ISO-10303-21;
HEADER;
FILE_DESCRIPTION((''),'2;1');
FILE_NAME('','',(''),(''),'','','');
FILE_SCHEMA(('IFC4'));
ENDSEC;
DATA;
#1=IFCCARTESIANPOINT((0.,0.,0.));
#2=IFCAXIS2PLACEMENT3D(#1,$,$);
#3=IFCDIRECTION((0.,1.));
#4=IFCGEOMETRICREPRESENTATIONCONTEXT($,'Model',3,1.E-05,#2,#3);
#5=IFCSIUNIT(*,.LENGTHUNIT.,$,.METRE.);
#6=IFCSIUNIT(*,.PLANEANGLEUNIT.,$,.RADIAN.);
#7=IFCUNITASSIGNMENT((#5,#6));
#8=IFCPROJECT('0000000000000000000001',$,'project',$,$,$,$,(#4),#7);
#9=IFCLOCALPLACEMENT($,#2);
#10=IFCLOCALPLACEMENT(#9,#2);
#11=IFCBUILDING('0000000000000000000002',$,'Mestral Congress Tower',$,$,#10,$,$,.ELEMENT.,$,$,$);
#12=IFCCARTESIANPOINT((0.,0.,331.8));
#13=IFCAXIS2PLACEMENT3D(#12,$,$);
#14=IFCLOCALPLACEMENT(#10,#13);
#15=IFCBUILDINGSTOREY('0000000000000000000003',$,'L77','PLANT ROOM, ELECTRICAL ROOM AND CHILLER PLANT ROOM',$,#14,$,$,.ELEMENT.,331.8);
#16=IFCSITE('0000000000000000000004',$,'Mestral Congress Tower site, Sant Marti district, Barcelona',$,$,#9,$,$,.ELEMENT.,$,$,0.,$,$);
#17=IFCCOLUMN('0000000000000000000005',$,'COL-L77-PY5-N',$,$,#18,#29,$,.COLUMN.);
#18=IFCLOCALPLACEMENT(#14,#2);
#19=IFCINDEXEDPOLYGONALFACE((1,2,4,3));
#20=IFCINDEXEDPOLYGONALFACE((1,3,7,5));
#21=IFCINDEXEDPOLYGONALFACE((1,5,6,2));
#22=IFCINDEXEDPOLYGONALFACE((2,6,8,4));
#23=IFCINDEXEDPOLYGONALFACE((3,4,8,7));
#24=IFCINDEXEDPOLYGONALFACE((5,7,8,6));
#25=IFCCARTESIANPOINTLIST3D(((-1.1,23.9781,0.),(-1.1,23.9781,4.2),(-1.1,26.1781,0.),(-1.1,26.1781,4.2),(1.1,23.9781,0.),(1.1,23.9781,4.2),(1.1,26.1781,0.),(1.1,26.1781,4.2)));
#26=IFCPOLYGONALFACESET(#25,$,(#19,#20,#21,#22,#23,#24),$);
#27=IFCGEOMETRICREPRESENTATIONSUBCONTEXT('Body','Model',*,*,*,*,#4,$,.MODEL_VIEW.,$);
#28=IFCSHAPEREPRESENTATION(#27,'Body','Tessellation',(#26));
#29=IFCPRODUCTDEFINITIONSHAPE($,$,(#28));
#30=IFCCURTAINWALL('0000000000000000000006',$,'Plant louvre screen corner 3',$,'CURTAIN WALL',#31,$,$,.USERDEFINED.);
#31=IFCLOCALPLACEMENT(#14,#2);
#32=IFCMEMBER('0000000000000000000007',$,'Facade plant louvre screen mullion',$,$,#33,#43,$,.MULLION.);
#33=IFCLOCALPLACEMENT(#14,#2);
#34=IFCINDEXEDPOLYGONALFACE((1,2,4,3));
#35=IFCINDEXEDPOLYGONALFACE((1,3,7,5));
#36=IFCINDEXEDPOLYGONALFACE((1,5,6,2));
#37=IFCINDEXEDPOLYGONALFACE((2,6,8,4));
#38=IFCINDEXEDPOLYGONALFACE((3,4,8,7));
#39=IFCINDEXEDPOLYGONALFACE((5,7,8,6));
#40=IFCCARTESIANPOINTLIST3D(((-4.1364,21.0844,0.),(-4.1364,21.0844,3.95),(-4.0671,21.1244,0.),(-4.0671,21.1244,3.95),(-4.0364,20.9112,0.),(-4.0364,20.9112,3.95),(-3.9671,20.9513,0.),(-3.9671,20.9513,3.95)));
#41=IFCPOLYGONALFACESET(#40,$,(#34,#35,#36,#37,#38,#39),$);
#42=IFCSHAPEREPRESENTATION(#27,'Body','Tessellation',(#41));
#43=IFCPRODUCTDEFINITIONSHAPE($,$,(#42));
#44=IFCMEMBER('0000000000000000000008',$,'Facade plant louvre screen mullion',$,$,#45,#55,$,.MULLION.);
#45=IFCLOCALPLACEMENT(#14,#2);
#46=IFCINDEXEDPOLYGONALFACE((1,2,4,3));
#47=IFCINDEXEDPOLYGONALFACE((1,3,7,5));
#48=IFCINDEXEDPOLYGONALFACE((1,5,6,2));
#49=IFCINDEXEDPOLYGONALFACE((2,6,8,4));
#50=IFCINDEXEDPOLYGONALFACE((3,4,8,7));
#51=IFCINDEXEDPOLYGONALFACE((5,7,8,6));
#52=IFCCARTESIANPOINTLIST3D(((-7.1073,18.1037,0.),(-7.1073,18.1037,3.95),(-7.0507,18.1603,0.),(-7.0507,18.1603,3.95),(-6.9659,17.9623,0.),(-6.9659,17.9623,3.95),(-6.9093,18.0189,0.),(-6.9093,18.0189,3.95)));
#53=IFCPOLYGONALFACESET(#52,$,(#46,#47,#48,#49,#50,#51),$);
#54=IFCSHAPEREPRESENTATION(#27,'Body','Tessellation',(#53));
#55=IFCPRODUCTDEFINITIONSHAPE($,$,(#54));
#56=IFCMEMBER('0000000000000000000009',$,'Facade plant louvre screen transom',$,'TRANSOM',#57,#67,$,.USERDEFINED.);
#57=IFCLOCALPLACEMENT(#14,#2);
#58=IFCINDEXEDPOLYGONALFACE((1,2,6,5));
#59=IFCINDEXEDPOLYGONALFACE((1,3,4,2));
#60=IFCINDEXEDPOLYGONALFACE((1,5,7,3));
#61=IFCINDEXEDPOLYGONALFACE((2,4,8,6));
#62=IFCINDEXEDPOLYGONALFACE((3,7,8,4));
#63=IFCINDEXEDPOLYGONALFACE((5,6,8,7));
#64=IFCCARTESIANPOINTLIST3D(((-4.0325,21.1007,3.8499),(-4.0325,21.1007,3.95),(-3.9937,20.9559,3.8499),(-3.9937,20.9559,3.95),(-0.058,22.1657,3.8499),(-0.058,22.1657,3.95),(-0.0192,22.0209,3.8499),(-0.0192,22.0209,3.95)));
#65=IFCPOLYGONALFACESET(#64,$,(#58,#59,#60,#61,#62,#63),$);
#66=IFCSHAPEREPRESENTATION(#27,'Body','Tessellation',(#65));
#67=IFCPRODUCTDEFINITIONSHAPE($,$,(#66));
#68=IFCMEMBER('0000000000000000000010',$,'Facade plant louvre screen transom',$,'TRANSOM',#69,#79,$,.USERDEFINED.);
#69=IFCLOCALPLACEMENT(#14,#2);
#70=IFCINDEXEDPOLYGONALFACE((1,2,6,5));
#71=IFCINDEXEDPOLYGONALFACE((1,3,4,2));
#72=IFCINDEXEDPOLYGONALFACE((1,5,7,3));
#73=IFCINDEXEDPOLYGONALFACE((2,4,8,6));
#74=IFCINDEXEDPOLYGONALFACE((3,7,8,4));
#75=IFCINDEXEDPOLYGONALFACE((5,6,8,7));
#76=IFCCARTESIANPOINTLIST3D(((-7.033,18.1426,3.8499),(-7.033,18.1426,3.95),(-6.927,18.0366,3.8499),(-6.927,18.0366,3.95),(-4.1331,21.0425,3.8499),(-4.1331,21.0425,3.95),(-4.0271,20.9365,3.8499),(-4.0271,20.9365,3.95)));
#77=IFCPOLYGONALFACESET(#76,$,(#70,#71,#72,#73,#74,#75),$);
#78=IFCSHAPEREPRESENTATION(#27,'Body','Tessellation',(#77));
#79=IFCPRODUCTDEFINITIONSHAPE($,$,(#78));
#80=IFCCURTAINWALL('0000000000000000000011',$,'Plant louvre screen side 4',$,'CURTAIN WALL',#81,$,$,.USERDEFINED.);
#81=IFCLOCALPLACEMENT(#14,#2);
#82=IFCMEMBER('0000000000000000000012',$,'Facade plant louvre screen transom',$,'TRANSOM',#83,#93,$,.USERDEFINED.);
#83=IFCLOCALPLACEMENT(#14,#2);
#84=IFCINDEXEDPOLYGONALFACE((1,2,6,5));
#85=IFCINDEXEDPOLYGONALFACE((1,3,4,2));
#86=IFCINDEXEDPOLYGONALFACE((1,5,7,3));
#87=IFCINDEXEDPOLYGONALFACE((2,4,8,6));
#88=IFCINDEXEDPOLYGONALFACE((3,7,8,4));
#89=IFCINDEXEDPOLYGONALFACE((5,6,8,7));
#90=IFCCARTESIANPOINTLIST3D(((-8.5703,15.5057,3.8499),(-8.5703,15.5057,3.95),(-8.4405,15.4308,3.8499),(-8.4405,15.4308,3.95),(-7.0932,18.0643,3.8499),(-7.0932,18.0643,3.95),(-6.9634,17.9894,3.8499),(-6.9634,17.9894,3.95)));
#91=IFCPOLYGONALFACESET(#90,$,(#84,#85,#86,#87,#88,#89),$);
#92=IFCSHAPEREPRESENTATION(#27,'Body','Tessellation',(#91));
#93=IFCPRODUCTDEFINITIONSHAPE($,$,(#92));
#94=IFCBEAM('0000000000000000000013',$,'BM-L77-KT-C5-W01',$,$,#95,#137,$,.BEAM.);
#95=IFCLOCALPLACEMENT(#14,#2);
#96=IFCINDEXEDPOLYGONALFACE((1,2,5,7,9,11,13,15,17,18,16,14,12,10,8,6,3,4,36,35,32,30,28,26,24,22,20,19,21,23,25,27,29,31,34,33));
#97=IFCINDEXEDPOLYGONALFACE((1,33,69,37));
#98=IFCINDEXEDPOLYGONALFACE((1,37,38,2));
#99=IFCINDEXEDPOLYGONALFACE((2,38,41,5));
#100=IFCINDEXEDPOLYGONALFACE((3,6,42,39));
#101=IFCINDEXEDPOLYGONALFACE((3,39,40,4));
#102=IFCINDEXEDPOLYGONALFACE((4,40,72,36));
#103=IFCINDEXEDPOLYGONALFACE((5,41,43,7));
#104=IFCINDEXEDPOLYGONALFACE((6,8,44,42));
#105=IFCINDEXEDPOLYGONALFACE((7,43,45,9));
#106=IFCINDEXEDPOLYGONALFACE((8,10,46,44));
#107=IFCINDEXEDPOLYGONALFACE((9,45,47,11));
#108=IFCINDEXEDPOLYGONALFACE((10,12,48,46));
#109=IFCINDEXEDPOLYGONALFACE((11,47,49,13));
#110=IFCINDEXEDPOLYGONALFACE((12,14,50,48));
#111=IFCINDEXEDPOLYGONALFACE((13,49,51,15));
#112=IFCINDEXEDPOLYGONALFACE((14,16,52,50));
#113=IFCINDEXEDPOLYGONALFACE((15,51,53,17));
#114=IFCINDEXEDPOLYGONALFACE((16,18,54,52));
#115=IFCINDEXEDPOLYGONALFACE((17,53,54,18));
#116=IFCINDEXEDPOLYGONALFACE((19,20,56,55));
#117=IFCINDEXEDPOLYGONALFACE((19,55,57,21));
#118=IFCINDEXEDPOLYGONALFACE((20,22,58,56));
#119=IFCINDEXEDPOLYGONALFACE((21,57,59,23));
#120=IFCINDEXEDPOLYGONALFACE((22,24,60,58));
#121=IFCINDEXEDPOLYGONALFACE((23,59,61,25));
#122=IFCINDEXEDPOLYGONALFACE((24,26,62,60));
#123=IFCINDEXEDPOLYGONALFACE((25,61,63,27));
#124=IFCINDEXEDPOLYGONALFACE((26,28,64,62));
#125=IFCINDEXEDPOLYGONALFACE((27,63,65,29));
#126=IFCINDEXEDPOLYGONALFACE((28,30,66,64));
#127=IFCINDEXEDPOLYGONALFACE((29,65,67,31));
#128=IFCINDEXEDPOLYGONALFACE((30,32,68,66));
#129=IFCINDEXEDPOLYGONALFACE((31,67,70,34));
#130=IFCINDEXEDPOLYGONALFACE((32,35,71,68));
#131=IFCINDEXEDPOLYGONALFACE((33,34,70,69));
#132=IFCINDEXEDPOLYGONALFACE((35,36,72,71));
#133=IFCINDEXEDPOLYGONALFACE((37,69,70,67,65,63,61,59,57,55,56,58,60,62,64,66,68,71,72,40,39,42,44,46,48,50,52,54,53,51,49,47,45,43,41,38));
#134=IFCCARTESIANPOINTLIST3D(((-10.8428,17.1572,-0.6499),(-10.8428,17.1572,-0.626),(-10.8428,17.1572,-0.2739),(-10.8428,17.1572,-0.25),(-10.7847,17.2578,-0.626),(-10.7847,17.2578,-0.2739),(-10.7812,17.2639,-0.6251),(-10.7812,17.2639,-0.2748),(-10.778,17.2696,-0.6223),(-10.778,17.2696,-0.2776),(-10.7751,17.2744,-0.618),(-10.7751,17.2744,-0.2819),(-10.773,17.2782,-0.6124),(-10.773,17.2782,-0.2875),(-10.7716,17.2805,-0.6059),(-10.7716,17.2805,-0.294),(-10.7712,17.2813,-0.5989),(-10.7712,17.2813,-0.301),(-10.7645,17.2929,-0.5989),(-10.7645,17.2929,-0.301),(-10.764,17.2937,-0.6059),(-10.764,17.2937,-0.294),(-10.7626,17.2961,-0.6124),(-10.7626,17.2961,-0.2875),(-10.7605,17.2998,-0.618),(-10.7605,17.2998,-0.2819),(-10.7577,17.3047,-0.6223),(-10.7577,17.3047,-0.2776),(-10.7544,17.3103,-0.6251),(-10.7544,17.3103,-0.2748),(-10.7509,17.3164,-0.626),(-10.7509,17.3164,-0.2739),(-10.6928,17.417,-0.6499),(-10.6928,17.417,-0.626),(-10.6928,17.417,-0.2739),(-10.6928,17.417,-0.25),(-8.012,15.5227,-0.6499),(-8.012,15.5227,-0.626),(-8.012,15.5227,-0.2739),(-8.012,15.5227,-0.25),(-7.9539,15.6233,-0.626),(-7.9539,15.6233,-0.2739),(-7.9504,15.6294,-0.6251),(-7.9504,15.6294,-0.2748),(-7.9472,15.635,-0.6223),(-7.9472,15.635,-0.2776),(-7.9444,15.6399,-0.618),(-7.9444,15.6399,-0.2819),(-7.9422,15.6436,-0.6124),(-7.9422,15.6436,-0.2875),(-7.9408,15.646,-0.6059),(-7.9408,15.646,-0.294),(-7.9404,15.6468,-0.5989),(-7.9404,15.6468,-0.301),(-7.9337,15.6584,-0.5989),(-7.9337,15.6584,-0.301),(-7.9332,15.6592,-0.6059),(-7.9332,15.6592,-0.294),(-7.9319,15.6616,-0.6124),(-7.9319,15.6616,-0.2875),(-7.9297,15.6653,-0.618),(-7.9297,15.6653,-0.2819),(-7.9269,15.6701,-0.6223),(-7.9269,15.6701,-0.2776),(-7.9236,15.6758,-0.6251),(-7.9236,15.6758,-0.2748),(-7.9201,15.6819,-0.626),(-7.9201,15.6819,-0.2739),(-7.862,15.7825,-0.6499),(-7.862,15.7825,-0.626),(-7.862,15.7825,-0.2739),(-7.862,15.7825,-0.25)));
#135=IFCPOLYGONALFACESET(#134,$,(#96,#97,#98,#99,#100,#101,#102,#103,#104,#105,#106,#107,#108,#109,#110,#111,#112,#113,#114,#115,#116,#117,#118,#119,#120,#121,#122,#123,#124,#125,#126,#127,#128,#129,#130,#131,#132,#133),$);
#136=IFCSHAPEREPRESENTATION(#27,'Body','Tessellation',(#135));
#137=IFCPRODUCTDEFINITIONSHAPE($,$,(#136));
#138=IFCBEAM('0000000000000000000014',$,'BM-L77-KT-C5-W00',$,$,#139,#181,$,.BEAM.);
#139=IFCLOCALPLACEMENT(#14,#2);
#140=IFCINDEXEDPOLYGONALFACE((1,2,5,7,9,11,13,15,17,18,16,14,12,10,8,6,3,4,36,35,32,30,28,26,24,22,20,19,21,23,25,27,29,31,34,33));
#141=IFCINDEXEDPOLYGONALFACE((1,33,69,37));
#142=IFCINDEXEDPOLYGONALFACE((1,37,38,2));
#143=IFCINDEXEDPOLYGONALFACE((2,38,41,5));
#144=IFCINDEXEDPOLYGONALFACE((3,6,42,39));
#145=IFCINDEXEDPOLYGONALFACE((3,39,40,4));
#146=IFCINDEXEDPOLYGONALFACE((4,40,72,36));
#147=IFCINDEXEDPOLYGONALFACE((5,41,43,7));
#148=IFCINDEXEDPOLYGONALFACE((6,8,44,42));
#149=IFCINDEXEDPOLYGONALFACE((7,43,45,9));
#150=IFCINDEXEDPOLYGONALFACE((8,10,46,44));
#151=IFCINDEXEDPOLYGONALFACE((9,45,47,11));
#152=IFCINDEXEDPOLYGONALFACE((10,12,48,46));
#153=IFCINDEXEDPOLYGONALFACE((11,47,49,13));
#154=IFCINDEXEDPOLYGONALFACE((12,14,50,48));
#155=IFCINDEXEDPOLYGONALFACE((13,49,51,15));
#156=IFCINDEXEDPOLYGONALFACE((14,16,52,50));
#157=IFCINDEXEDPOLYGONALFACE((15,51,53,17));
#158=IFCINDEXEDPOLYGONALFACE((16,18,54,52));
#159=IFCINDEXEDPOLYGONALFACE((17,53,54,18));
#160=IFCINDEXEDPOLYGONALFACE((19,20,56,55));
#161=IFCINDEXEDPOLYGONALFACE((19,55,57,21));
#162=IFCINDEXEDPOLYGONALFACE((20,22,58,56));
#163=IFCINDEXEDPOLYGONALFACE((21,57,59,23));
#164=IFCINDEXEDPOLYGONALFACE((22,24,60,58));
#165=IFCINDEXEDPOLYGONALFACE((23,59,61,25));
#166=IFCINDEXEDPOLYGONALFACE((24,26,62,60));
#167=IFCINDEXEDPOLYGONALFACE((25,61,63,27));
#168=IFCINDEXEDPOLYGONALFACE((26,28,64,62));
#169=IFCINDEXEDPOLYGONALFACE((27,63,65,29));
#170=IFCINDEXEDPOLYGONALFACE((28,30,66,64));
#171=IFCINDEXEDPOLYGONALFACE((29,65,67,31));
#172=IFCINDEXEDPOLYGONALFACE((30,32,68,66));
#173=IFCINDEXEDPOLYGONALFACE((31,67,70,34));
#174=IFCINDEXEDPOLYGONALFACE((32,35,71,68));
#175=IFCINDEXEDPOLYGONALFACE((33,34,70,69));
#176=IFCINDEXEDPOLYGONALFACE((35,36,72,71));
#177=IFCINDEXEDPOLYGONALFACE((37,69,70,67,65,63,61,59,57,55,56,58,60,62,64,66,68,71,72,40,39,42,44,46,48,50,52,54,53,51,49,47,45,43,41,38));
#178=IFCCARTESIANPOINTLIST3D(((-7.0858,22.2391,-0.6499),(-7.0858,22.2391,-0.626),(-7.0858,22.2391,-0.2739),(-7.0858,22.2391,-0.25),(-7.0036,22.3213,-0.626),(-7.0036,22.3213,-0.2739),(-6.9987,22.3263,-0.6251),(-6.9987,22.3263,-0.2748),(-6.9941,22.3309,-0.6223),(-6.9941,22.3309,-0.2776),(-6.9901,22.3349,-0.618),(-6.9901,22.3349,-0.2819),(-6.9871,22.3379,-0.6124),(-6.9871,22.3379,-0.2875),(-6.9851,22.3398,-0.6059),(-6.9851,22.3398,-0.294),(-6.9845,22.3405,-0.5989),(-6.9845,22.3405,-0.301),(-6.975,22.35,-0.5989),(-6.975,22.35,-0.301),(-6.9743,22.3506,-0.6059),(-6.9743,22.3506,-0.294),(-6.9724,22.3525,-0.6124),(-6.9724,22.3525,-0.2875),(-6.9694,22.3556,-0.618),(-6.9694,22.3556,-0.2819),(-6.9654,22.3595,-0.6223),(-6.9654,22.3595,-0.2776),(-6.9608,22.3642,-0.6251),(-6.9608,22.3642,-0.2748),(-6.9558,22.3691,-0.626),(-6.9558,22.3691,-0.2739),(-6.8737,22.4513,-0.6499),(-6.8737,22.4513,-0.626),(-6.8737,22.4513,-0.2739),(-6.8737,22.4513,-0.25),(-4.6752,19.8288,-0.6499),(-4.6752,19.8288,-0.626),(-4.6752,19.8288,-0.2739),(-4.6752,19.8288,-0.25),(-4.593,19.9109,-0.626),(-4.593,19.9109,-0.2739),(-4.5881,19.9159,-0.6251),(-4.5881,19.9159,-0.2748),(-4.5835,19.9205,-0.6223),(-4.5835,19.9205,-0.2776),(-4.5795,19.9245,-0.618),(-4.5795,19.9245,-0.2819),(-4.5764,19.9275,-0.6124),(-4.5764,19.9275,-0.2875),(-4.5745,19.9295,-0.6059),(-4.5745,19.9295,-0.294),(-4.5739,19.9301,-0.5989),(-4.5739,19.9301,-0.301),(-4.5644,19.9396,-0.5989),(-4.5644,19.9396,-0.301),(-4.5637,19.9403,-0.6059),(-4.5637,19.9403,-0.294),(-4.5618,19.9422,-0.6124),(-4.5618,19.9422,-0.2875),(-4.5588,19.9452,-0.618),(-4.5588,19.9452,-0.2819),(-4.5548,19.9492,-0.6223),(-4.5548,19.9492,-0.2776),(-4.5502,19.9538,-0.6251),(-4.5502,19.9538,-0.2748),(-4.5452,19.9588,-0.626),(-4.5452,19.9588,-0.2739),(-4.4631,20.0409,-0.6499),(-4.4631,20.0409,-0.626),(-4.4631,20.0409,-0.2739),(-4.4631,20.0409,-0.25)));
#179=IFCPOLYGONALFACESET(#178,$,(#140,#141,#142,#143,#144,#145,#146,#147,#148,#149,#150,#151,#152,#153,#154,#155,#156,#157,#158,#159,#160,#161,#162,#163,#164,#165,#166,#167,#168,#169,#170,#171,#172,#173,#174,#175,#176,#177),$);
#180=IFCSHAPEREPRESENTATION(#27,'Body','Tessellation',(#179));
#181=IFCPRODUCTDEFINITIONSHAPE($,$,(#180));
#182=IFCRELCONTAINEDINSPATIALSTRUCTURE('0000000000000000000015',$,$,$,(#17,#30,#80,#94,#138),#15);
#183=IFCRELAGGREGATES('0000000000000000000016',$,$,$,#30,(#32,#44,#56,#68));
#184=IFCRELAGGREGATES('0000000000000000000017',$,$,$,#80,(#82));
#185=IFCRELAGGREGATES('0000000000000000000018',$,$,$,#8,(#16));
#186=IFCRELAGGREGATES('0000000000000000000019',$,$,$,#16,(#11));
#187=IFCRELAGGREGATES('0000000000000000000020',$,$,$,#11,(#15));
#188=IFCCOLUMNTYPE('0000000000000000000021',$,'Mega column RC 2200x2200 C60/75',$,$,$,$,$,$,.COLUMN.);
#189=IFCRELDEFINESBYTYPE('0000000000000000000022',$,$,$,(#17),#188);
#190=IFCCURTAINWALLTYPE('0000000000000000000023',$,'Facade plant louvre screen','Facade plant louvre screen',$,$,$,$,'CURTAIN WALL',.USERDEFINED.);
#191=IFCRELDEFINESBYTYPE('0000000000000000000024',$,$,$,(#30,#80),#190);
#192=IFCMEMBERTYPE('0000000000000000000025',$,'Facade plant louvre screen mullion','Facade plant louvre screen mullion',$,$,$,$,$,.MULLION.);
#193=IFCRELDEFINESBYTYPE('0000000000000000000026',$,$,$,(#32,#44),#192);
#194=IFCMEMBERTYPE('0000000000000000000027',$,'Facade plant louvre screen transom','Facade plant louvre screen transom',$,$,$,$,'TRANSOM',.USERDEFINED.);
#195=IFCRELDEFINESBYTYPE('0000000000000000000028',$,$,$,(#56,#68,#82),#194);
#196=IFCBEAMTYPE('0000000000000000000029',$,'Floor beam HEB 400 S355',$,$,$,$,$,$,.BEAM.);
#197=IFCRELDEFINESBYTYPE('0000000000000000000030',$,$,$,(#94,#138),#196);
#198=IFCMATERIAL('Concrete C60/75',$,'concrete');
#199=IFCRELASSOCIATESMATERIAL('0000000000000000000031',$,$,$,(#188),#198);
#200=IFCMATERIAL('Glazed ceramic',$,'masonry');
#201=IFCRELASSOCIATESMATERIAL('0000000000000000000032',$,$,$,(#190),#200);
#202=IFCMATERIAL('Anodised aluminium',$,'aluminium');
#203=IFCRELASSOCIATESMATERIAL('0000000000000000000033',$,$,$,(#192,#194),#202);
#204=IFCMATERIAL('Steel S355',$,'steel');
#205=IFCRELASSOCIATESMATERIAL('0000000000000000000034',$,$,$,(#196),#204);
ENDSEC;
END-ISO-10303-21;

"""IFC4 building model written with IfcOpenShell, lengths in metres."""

from ifc_helpers import new_model, si_unit, direction, frame, origin, origin_2d, place, context, subcontext, project, spatial, rectangle, i_section, extrude, material, material_profile, profile_set, type_object, element, aggregate, save


model = new_model("IFC4")

# Units and contexts
model_context = context("Model", 3, precision=1e-05, world=origin(), true_north=direction((0.0, 1.0)))
body_context = subcontext(model_context, "Body", "Model", "MODEL_VIEW")
ifc_project = project(units=[si_unit("LENGTHUNIT", "METRE"), si_unit("PLANEANGLEUNIT", "RADIAN")], contexts=[model_context])

# Site, building, storey
site_placement = place(None, origin())
site = spatial("IfcSite", under=ifc_project, at=site_placement, Name="Mestral Congress Tower site, Sant Marti district, Barcelona", CompositionType="ELEMENT", RefElevation=0.0)
building_placement = place(site_placement, origin())
building = spatial("IfcBuilding", under=site, at=building_placement, Name="Mestral Congress Tower", CompositionType="ELEMENT")
storey_placement = place(building_placement, frame((0.0, 0.0, 331.8)))
storey = spatial("IfcBuildingStorey", under=building, at=storey_placement, Name="L77", Description="PLANT ROOM, ELECTRICAL ROOM AND CHILLER PLANT ROOM", CompositionType="ELEMENT", Elevation=331.8)

# Column
ifc_material_1 = material(Name="Steel S355", Category="steel")
ifc_material_2 = material(Name="Concrete C60/75", Category="concrete")
ifc_material_profile_1 = material_profile(ifc_material_2, rectangle(XDim=2.2, YDim=2.2, at=origin_2d()), Name="RC 2200x2200")
ifc_profile_set_1 = profile_set([ifc_material_profile_1], Name="Concrete C60/75")
column_type_1 = type_object("IfcColumnType", Name="Mega column RC 2200x2200 C60/75", PredefinedType="COLUMN", material=ifc_profile_set_1)
column_placement = place(storey_placement, frame((0.0, 25.0781, 0.0), z_axis=(0.0, 0.0, 1.0), x_axis=(0.0, 1.0, 0.0)))
element("IfcColumn", 1, at=column_placement, inside=storey, type_object=column_type_1, Name="COL-L77-PY5-N", PredefinedType="COLUMN", context=body_context, shape_type="SweptSolid", body=[
    extrude(rectangle(XDim=2.2, YDim=2.2, at=origin_2d()), origin(), (0.0, 0.0, 1.0), 4.2),
])

# Curtain wall, members
ifc_material_3 = material(Name="Glazed ceramic", Category="masonry")
curtain_wall_type = type_object("IfcCurtainWallType", Name="Facade plant louvre screen", Description="Facade plant louvre screen", ElementType="CURTAIN WALL", PredefinedType="USERDEFINED", material=ifc_material_3)
placement = place(storey_placement, origin())
curtain_wall_1 = element("IfcCurtainWall", 2, at=placement, inside=storey, type_object=curtain_wall_type, Name="Plant louvre screen corner 3", ObjectType="CURTAIN WALL", PredefinedType="USERDEFINED")
ifc_material_4 = material(Name="Anodised aluminium", Category="aluminium")
ifc_material_profile_2 = material_profile(ifc_material_4, rectangle(XDim=0.2, YDim=0.0801, at=origin_2d()), Name="CW6 mullion 200 x 80")
ifc_profile_set_2 = profile_set([ifc_material_profile_2], Name="Anodised aluminium")
member_type_1 = type_object("IfcMemberType", Name="Facade plant louvre screen mullion", Description="Facade plant louvre screen mullion", PredefinedType="MULLION", material=ifc_profile_set_2)
member_1_placement = place(storey_placement, frame((-4.0518, 21.0178, 0.0), z_axis=(0.0, 0.0, 1.0), x_axis=(-0.5, 0.866025, 0.0)))
member_1 = element("IfcMember", 3, at=member_1_placement, type_object=member_type_1, Name="Facade plant louvre screen mullion", PredefinedType="MULLION", context=body_context, shape_type="SweptSolid", body=[
    extrude(rectangle(XDim=0.2, YDim=0.0801, at=origin_2d()), origin(), (0.0, 0.0, 1.0), 3.95),
])
member_2_placement = place(storey_placement, frame((-7.0083, 18.0613, 0.0), z_axis=(0.0, 0.0, 1.0), x_axis=(-0.707107, 0.707107, 0.0)))
member_2 = element("IfcMember", 4, at=member_2_placement, type_object=member_type_1, Name="Facade plant louvre screen mullion", PredefinedType="MULLION", context=body_context, shape_type="SweptSolid", body=[
    extrude(rectangle(XDim=0.2, YDim=0.0801, at=origin_2d()), origin(), (0.0, 0.0, 1.0), 3.95),
])
ifc_material_profile_3 = material_profile(ifc_material_4, rectangle(XDim=0.1499, YDim=0.1001, at=origin_2d()), Name="CW6 transom 150 x 100")
ifc_profile_set_3 = profile_set([ifc_material_profile_3], Name="Anodised aluminium")
member_type_2 = type_object("IfcMemberType", Name="Facade plant louvre screen transom", Description="Facade plant louvre screen transom", ElementType="TRANSOM", PredefinedType="USERDEFINED", material=ifc_profile_set_3)
member_3_placement = place(storey_placement, frame((-0.0386, 22.0933, 3.8999), z_axis=(-0.965929, -0.258807, 0.0), x_axis=(0.258807, -0.965929, 0.0)))
member_3 = element("IfcMember", 5, at=member_3_placement, type_object=member_type_2, Name="Facade plant louvre screen transom", ObjectType="TRANSOM", PredefinedType="USERDEFINED", context=body_context, shape_type="SweptSolid", body=[
    extrude(rectangle(XDim=0.1499, YDim=0.1001, at=origin_2d()), origin(), (0.0, 0.0, 1.0), 4.1147),
])
member_4_placement = place(storey_placement, frame((-4.0801, 20.9895, 3.8999), z_axis=(-0.707107, -0.707107, 0.0), x_axis=(0.707107, -0.707107, 0.0)))
member_4 = element("IfcMember", 6, at=member_4_placement, type_object=member_type_2, Name="Facade plant louvre screen transom", ObjectType="TRANSOM", PredefinedType="USERDEFINED", context=body_context, shape_type="SweptSolid", body=[
    extrude(rectangle(XDim=0.1499, YDim=0.1001, at=origin_2d()), origin(), (0.0, 0.0, 1.0), 4.1011),
])

# Curtain wall, member
curtain_wall_2 = element("IfcCurtainWall", 7, at=placement, inside=storey, type_object=curtain_wall_type, Name="Plant louvre screen side 4", ObjectType="CURTAIN WALL", PredefinedType="USERDEFINED")
member_5_placement = place(storey_placement, frame((-7.0283, 18.0269, 3.8999), z_axis=(-0.499961, -0.866048, 0.0), x_axis=(0.866048, -0.499961, 0.0)))
member_5 = element("IfcMember", 8, at=member_5_placement, type_object=member_type_2, Name="Facade plant louvre screen transom", ObjectType="TRANSOM", PredefinedType="USERDEFINED", context=body_context, shape_type="SweptSolid", body=[
    extrude(rectangle(XDim=0.1499, YDim=0.1001, at=origin_2d()), origin(), (0.0, 0.0, 1.0), 2.9543),
])

# Beams
ifc_material_profile_4 = material_profile(ifc_material_1, i_section(OverallWidth=0.3, OverallDepth=0.3999, WebThickness=0.0134, FlangeThickness=0.0239, FilletRadius=0.0271, at=origin_2d()), Name="HEB 400")
ifc_profile_set_4 = profile_set([ifc_material_profile_4], Name="Steel S355")
beam_type_1 = type_object("IfcBeamType", Name="Floor beam HEB 400 S355", PredefinedType="BEAM", material=ifc_profile_set_4)
beam_1_placement = place(storey_placement, frame((-10.7678, 17.2871, -0.45), z_axis=(0.866005, -0.500035, 0.0), x_axis=(0.500035, 0.866005, 0.0)))
element("IfcBeam", 9, at=beam_1_placement, inside=storey, type_object=beam_type_1, Name="BM-L77-KT-C5-W01", PredefinedType="BEAM", context=body_context, shape_type="SweptSolid", body=[
    extrude(i_section(OverallWidth=0.3, OverallDepth=0.3999, WebThickness=0.0134, FlangeThickness=0.0239, FilletRadius=0.0271, at=origin_2d()), origin(), (0.0, 0.0, 1.0), 3.2688),
])
beam_2_placement = place(storey_placement, frame((-6.9797, 22.3452, -0.45), z_axis=(0.707143, -0.707071, 0.0), x_axis=(0.707071, 0.707143, 0.0)))
element("IfcBeam", 10, at=beam_2_placement, inside=storey, type_object=beam_type_1, Name="BM-L77-KT-C5-W00", PredefinedType="BEAM", context=body_context, shape_type="SweptSolid", body=[
    extrude(i_section(OverallWidth=0.3, OverallDepth=0.3999, WebThickness=0.0134, FlangeThickness=0.0239, FilletRadius=0.0271, at=origin_2d()), origin(), (0.0, 0.0, 1.0), 3.4089),
])

aggregate(curtain_wall_1, [member_1, member_2, member_3, member_4])
aggregate(curtain_wall_2, [member_5])

save(model, "model.ifc")
